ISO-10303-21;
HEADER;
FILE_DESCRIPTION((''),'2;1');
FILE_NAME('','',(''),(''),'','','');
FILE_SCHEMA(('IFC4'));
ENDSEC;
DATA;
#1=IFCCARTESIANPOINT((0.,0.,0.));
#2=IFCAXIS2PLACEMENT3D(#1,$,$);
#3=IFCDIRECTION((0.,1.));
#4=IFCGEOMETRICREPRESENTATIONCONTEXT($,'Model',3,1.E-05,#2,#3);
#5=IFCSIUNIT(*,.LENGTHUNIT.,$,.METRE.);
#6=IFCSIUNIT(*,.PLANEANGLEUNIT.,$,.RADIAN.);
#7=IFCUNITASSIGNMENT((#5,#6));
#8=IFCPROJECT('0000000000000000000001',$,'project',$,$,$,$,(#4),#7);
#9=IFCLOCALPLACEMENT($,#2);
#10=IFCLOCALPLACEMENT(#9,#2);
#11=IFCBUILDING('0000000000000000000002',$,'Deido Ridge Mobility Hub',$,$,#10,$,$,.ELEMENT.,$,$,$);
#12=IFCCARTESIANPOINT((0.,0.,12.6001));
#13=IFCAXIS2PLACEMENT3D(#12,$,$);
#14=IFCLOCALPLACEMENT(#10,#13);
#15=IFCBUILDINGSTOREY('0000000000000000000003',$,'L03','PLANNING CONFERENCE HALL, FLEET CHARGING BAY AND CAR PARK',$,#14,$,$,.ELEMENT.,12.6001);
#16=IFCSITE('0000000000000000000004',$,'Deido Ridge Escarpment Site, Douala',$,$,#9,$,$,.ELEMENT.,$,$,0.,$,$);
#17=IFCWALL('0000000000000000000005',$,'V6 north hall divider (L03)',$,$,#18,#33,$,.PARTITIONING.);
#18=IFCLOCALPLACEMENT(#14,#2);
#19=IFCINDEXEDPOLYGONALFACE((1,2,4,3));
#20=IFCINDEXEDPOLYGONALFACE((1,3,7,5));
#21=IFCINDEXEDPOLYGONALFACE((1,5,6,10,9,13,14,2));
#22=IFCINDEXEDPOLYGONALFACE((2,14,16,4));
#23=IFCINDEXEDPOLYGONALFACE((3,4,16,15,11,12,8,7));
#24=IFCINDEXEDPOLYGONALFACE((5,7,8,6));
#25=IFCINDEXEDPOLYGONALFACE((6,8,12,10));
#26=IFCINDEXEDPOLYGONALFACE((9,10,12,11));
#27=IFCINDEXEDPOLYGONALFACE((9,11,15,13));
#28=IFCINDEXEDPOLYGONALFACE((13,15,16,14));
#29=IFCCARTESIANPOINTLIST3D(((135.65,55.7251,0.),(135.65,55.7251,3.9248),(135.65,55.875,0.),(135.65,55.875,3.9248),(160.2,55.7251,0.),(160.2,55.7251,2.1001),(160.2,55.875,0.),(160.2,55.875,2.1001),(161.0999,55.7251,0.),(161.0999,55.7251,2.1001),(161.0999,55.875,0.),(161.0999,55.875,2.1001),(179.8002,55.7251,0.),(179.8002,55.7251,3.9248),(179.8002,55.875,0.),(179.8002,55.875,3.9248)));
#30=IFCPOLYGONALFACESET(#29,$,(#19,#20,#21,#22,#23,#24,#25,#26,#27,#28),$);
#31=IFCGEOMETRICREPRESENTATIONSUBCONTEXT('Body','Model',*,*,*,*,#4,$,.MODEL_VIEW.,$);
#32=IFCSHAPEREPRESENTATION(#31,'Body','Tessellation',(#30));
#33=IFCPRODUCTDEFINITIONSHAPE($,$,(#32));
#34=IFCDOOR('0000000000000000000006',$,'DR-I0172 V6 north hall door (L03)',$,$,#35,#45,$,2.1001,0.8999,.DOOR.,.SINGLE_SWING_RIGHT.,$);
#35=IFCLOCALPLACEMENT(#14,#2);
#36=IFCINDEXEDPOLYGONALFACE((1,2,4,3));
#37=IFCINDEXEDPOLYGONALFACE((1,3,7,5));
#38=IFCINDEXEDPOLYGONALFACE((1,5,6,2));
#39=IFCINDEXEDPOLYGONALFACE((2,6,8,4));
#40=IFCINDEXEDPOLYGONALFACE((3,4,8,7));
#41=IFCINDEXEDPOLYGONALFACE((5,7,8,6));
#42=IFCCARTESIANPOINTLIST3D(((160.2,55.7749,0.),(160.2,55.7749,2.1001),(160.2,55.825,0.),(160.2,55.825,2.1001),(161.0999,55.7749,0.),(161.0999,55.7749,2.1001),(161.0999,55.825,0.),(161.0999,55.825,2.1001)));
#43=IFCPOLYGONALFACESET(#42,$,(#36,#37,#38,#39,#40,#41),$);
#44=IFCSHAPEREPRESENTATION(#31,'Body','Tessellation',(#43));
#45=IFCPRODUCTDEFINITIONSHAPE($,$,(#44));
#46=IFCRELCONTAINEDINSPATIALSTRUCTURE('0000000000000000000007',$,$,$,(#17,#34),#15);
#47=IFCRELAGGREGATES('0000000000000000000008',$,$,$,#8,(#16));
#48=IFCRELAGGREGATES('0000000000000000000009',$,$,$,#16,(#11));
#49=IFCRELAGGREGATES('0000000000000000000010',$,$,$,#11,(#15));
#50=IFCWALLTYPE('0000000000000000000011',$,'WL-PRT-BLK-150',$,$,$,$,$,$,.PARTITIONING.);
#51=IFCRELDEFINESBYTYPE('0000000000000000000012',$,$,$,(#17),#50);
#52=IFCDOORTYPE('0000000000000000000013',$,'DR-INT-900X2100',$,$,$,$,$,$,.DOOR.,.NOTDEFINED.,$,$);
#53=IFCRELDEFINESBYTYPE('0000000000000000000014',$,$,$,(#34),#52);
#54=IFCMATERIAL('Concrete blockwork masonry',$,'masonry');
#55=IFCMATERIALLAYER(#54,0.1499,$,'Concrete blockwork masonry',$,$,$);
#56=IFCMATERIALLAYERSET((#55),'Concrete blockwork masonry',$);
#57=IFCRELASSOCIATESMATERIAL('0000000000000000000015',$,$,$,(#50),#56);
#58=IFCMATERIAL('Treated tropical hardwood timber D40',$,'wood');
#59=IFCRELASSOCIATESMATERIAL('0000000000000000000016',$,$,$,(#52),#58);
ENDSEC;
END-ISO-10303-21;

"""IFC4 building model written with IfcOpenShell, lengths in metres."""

from ifc_helpers import new_model, si_unit, direction, frame, frame_2d, origin, place, context, subcontext, project, spatial, rectangle, extrude, material, layer, layer_set, type_object, element, fill, save


model = new_model("IFC4")

# Units and contexts
model_context = context("Model", 3, precision=1e-05, world=origin(), true_north=direction((0.0, 1.0)))
body_context = subcontext(model_context, "Body", "Model", "MODEL_VIEW")
ifc_project = project(units=[si_unit("LENGTHUNIT", "METRE"), si_unit("PLANEANGLEUNIT", "RADIAN")], contexts=[model_context])

# Site, building, storey
site_placement = place(None, origin())
site = spatial("IfcSite", under=ifc_project, at=site_placement, Name="Deido Ridge Escarpment Site, Douala", CompositionType="ELEMENT", RefElevation=0.0)
building_placement = place(site_placement, origin())
building = spatial("IfcBuilding", under=site, at=building_placement, Name="Deido Ridge Mobility Hub", CompositionType="ELEMENT")
storey_placement = place(building_placement, frame((0.0, 0.0, 12.6001)))
storey = spatial("IfcBuildingStorey", under=building, at=storey_placement, Name="L03", Description="PLANNING CONFERENCE HALL, FLEET CHARGING BAY AND CAR PARK", CompositionType="ELEMENT", Elevation=12.6001)

# Wall, opening, door
ifc_material_1 = material(Name="Concrete blockwork masonry", Category="masonry")
ifc_layer_1 = layer(ifc_material_1, 0.1499, Name="Concrete blockwork masonry")
ifc_layer_set_1 = layer_set([ifc_layer_1], Name="Concrete blockwork masonry")
wall_type_1 = type_object("IfcWallType", Name="WL-PRT-BLK-150", PredefinedType="PARTITIONING", material=ifc_layer_set_1)
wall_1_placement = place(storey_placement, frame((135.6499, 55.8, 0.0), z_axis=(0.0, 0.0, 1.0), x_axis=(1.0, 0.0, 0.0)))
wall_1 = element("IfcWall", 1, at=wall_1_placement, inside=storey, type_object=wall_type_1, Name="V6 north hall divider (L03)", PredefinedType="PARTITIONING", context=body_context, shape_type="SweptSolid", body=[
    extrude(rectangle(XDim=44.1501, YDim=0.1499, at=frame_2d((22.0752, 0.0))), origin(), (0.0, 0.0, 1.0), 3.9248),
])
opening_1_placement = place(wall_1_placement, frame((24.55, 0.0, 0.0)))
opening_1 = element("IfcOpeningElement", 2, at=opening_1_placement, cuts=wall_1, PredefinedType="OPENING", context=body_context, shape_type="SweptSolid", body=[
    extrude(rectangle(XDim=0.8999, YDim=2.1001, at=frame_2d((0.45, 1.05))), frame((0.0, 0.085, 0.0), z_axis=(0.0, -1.0, 0.0), x_axis=(1.0, 0.0, 0.0)), (0.0, 0.0, 1.0), 0.1699),
])
ifc_material_2 = material(Name="Treated tropical hardwood timber D40", Category="wood")
door_type = type_object("IfcDoorType", Name="DR-INT-900X2100", OperationType="NOTDEFINED", PredefinedType="DOOR", material=ifc_material_2)
door_placement = place(opening_1_placement, origin())
door = element("IfcDoor", 3, at=door_placement, inside=storey, type_object=door_type, Name="DR-I0172 V6 north hall door (L03)", OperationType="SINGLE_SWING_RIGHT", OverallHeight=2.1001, OverallWidth=0.8999, PredefinedType="DOOR", context=body_context, shape_type="SweptSolid", body=[
    extrude(rectangle(XDim=0.8999, YDim=2.1001, at=frame_2d((0.45, 1.05))), frame((0.0, 0.0249, 0.0), z_axis=(0.0, -1.0, 0.0), x_axis=(1.0, 0.0, 0.0)), (0.0, 0.0, 1.0), 0.05),
])
fill(opening_1, door)

save(model, "model.ifc")
